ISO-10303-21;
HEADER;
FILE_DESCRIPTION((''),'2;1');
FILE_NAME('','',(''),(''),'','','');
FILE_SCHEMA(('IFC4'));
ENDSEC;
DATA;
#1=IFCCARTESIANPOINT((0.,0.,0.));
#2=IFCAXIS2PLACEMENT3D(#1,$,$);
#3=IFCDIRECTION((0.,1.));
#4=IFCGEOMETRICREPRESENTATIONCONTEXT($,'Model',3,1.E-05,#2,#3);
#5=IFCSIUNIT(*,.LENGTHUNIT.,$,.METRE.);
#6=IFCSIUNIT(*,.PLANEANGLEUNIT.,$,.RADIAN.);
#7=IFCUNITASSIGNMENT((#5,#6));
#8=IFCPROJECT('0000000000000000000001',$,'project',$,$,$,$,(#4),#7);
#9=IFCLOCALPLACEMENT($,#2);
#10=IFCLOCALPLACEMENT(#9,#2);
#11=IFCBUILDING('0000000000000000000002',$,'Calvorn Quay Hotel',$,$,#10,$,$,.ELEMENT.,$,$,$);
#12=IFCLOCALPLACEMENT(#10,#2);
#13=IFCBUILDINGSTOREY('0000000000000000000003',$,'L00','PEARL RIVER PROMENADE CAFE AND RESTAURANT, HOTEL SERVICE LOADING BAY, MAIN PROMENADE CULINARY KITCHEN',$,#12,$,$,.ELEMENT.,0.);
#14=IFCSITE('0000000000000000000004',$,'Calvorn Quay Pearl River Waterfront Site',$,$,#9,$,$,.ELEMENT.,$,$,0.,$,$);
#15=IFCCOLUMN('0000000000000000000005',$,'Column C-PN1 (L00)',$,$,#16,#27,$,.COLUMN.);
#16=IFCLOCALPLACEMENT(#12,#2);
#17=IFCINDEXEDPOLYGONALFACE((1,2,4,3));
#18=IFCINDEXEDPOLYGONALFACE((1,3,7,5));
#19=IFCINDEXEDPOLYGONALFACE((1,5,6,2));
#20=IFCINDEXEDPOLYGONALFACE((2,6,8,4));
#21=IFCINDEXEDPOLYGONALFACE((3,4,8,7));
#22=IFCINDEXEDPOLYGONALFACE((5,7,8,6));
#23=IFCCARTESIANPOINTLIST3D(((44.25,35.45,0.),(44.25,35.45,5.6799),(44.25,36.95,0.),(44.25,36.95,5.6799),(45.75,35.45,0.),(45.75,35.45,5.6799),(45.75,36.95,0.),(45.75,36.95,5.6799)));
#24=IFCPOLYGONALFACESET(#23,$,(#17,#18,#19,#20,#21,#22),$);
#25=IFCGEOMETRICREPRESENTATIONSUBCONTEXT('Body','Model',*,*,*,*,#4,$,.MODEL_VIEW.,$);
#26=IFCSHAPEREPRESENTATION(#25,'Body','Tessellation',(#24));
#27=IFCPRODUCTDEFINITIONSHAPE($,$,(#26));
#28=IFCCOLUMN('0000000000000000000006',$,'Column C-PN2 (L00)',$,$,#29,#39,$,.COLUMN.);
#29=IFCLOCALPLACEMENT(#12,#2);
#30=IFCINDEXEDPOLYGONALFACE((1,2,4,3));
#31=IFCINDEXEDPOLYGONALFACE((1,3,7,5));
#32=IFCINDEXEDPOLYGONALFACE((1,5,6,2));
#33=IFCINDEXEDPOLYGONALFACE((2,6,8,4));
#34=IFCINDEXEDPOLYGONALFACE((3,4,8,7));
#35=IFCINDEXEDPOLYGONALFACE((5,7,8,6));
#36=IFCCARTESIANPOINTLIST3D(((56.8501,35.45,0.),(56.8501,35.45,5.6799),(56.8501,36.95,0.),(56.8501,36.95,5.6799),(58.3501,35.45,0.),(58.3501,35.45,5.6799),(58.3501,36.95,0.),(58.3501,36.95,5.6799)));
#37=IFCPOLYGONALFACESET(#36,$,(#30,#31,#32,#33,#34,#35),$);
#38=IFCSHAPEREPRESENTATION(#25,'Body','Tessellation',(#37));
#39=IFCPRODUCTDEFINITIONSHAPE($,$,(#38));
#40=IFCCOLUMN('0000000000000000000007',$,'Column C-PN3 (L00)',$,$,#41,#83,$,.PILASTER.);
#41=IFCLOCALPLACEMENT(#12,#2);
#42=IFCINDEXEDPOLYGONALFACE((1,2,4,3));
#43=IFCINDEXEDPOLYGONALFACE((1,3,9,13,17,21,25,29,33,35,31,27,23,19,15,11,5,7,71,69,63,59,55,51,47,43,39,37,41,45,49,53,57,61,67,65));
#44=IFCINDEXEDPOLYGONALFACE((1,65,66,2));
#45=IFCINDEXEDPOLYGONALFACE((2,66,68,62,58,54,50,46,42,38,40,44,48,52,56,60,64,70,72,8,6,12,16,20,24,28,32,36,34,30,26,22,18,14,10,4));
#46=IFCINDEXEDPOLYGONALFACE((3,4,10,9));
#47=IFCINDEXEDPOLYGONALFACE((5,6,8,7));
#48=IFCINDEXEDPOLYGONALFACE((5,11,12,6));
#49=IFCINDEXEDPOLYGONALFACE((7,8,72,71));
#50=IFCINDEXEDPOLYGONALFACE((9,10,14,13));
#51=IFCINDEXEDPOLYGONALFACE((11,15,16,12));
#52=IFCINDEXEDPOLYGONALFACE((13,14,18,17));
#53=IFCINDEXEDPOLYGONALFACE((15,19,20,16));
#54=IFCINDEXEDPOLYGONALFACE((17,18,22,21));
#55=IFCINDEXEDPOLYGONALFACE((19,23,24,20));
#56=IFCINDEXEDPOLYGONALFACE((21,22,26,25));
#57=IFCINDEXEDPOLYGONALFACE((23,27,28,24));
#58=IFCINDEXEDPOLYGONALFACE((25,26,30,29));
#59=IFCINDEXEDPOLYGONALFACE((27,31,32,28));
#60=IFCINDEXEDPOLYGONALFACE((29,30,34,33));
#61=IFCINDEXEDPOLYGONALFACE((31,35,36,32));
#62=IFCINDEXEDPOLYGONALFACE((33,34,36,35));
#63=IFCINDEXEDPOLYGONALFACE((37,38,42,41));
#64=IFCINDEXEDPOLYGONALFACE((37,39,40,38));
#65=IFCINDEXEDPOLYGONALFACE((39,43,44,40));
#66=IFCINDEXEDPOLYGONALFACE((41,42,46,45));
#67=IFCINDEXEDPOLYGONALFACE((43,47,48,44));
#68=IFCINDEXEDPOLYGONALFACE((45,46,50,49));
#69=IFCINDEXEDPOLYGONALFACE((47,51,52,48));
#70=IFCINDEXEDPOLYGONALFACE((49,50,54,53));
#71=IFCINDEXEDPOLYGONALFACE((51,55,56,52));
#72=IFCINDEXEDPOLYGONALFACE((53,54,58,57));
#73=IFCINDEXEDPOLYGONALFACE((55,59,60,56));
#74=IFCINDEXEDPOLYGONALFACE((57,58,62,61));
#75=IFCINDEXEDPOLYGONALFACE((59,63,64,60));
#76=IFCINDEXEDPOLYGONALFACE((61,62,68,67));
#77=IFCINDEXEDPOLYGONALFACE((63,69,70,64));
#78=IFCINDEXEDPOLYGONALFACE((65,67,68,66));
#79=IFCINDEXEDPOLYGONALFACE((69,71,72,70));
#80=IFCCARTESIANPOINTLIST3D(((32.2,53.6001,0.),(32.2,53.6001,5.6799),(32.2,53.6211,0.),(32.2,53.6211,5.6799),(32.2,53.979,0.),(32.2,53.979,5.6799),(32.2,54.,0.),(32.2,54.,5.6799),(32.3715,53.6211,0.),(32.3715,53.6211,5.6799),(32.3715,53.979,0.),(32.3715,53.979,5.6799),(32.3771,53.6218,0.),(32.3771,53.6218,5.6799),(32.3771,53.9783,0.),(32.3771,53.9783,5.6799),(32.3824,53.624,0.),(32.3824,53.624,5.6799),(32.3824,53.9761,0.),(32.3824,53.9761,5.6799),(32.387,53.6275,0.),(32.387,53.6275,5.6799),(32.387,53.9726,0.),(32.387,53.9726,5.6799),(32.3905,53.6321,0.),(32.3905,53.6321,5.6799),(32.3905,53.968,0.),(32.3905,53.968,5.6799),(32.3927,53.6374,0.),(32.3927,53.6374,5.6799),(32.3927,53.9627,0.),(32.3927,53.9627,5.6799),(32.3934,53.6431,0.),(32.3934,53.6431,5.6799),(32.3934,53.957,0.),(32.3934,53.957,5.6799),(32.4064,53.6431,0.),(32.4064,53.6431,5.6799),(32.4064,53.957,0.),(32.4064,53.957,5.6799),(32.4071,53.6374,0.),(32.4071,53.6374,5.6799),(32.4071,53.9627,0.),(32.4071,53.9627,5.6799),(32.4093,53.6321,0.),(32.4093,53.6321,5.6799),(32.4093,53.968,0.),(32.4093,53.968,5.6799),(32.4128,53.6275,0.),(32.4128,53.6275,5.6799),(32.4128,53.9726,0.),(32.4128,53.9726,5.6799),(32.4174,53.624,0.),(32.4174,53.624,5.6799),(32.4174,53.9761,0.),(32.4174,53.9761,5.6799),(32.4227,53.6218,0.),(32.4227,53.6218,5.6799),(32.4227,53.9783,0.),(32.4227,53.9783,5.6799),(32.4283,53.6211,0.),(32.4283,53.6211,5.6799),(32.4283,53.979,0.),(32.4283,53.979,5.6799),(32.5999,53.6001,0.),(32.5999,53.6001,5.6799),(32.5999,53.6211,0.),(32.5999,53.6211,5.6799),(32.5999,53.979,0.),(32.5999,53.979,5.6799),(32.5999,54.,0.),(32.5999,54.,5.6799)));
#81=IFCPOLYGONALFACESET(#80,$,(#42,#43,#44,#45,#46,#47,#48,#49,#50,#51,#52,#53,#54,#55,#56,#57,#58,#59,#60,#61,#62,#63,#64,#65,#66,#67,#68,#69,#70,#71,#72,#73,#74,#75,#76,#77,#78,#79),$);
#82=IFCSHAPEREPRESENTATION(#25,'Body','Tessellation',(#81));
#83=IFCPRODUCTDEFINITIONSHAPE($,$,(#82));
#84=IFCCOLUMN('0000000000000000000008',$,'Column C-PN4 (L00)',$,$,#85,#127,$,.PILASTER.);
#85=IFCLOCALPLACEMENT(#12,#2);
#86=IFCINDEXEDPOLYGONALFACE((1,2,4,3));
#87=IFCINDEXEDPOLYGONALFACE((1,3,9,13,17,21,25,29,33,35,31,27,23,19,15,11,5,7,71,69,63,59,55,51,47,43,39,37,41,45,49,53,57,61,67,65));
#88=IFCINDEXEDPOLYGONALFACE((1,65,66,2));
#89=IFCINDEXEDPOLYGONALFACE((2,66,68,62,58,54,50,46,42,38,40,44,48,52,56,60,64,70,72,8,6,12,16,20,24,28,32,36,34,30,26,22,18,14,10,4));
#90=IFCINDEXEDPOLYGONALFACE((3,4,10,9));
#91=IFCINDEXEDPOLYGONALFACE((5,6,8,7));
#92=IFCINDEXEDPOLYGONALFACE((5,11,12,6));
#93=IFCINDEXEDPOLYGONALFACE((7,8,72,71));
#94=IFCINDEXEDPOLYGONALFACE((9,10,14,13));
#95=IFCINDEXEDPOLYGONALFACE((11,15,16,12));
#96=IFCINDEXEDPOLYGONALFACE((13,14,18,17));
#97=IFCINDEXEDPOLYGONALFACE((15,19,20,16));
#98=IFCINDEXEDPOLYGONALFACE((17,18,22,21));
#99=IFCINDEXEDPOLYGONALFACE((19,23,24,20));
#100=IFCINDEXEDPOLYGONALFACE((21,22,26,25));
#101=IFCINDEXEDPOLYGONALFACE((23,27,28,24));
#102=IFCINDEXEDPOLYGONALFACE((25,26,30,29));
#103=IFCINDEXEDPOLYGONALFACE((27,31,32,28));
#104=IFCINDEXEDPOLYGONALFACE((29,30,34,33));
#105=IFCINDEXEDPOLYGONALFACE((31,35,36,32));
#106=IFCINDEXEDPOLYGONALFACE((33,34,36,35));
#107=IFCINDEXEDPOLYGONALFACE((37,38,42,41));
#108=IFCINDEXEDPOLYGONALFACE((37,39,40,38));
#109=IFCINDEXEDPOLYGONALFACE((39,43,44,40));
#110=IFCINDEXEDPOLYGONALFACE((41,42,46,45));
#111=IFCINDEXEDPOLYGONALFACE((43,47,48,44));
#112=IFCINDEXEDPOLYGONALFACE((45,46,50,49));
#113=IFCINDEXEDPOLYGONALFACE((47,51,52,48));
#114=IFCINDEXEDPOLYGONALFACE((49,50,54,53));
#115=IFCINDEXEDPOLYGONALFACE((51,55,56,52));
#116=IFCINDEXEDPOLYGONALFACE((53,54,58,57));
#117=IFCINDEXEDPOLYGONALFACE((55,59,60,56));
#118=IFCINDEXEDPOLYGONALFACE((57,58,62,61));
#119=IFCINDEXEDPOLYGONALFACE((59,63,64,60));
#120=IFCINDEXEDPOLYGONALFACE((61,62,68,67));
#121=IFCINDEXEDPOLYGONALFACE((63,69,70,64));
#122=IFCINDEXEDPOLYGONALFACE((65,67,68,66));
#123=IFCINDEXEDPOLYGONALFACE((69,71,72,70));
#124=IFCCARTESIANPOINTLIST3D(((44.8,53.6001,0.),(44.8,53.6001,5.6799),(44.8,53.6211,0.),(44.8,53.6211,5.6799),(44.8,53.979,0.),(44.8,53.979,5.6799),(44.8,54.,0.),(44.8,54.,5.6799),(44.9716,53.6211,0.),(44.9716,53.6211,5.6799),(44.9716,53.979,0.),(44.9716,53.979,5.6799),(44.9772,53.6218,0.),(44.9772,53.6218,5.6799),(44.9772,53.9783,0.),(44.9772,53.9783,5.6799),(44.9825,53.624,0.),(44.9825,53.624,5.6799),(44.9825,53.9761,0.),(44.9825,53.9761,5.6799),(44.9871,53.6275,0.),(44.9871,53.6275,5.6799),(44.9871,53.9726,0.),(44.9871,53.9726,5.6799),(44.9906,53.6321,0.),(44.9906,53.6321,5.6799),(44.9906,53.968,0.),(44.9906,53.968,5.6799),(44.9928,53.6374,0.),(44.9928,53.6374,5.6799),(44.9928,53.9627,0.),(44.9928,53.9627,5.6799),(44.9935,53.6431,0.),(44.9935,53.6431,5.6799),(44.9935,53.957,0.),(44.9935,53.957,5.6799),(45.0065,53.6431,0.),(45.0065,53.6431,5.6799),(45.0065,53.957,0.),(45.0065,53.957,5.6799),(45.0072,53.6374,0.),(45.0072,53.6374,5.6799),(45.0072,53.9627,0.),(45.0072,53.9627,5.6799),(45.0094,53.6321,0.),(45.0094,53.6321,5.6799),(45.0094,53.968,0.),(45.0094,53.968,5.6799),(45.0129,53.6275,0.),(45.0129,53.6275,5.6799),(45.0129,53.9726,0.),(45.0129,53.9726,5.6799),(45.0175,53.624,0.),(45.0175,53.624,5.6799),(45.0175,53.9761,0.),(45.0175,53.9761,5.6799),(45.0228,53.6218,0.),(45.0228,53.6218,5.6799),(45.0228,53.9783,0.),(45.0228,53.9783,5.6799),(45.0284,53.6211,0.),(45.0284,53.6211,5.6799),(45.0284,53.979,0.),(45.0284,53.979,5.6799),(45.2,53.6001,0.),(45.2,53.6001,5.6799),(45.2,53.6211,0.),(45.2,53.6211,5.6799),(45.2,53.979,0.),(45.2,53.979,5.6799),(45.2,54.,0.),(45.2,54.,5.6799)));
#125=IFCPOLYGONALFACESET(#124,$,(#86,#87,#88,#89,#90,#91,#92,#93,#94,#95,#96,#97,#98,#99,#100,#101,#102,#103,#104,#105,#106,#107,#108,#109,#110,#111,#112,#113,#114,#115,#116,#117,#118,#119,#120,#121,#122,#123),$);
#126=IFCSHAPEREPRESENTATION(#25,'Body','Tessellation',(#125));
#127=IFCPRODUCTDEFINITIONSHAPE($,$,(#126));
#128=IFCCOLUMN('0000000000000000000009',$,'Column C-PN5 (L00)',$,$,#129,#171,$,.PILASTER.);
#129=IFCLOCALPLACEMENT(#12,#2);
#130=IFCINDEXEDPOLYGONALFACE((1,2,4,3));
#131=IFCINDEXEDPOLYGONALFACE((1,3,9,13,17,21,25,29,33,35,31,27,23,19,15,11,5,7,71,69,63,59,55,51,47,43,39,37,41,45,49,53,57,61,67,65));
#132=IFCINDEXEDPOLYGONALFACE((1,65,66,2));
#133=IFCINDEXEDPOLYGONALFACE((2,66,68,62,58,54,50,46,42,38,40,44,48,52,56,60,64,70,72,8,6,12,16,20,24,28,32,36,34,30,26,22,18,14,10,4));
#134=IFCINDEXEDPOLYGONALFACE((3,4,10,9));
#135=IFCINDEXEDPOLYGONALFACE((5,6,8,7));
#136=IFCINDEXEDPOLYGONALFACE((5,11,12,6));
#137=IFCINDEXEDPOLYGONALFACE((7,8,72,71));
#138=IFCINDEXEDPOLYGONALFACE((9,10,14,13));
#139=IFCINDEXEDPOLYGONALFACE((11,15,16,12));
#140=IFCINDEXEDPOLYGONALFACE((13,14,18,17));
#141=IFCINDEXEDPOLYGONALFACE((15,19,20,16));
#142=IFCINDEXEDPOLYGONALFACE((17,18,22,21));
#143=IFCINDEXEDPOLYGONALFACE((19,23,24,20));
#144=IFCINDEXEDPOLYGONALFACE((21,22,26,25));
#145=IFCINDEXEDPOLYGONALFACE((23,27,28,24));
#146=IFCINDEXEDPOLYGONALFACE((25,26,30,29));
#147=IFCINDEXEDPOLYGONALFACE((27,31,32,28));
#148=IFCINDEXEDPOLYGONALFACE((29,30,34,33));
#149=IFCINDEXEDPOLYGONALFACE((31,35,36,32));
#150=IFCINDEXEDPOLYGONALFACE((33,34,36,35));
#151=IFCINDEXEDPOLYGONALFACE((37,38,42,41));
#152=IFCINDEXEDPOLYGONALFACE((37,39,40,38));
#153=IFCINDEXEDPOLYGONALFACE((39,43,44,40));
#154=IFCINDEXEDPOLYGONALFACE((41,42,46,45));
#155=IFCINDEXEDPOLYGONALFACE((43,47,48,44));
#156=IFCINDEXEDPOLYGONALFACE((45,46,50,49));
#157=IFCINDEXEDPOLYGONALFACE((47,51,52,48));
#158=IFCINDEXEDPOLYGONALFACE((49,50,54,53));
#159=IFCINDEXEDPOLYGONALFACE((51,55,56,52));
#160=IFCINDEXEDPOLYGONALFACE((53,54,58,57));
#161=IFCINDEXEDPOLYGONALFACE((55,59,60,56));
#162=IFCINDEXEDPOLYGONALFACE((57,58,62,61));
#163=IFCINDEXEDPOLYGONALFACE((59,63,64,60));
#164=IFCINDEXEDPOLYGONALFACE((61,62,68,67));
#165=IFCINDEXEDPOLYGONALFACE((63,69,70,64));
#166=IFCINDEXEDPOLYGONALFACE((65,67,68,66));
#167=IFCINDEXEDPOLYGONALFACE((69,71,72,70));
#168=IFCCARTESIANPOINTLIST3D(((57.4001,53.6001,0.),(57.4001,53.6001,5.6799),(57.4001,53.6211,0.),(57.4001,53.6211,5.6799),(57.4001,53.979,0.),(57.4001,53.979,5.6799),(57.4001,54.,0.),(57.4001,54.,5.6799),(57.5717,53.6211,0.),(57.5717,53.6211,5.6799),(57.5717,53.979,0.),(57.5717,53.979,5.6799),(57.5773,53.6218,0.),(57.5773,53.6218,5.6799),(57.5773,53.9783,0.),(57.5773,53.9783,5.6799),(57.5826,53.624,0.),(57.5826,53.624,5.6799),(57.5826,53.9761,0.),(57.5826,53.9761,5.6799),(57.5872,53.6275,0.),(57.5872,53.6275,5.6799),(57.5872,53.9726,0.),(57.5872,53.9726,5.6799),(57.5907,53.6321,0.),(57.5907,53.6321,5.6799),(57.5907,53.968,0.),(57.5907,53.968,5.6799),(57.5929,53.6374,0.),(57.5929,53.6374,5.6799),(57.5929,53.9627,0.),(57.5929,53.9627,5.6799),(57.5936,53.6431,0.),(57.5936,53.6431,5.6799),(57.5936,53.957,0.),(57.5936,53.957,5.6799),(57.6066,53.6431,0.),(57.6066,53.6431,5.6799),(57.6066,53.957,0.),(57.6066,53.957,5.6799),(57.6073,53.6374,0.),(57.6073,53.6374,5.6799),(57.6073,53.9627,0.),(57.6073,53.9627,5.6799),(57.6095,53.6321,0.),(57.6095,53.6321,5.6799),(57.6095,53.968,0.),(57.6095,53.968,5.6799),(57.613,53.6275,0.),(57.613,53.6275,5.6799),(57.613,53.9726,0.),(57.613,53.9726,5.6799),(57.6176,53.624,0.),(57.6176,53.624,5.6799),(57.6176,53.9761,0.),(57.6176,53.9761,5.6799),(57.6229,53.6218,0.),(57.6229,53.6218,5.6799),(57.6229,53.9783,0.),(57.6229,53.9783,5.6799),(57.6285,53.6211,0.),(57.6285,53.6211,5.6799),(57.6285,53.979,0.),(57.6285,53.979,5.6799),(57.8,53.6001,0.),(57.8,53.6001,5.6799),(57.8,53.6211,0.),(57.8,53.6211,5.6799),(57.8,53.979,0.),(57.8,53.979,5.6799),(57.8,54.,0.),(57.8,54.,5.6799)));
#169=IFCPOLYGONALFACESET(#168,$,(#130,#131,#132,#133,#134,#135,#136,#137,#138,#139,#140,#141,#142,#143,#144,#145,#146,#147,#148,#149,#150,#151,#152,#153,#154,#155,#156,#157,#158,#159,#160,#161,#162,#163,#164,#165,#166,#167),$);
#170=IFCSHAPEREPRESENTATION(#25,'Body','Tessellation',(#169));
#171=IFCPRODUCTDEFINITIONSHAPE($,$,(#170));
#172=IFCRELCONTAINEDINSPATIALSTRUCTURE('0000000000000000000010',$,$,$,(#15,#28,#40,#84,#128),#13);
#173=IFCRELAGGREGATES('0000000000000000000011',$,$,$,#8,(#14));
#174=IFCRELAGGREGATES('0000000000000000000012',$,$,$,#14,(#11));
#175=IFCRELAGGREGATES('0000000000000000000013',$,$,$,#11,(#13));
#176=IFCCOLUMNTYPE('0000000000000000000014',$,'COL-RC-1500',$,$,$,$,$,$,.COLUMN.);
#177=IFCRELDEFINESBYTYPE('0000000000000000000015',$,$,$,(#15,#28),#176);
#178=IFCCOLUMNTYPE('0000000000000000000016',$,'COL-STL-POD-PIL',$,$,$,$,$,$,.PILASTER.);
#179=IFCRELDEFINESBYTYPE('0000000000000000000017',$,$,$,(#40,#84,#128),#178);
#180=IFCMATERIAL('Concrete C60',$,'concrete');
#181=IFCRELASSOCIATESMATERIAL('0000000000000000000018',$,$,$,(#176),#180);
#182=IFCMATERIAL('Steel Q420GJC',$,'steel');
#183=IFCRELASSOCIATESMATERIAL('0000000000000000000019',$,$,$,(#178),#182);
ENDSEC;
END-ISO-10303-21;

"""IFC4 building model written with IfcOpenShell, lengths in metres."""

from ifc_helpers import new_model, si_unit, direction, frame, origin, origin_2d, place, context, subcontext, project, spatial, rectangle, i_section, extrude, material, material_profile, profile_set, type_object, element, save


model = new_model("IFC4")

# Units and contexts
model_context = context("Model", 3, precision=1e-05, world=origin(), true_north=direction((0.0, 1.0)))
body_context = subcontext(model_context, "Body", "Model", "MODEL_VIEW")
ifc_project = project(units=[si_unit("LENGTHUNIT", "METRE"), si_unit("PLANEANGLEUNIT", "RADIAN")], contexts=[model_context])

# Site, building, storey
site_placement = place(None, origin())
site = spatial("IfcSite", under=ifc_project, at=site_placement, Name="Calvorn Quay Pearl River Waterfront Site", CompositionType="ELEMENT", RefElevation=0.0)
building_placement = place(site_placement, origin())
building = spatial("IfcBuilding", under=site, at=building_placement, Name="Calvorn Quay Hotel", CompositionType="ELEMENT")
storey_placement = place(building_placement, origin())
storey = spatial("IfcBuildingStorey", under=building, at=storey_placement, Name="L00", Description="PEARL RIVER PROMENADE CAFE AND RESTAURANT, HOTEL SERVICE LOADING BAY, MAIN PROMENADE CULINARY KITCHEN", CompositionType="ELEMENT", Elevation=0.0)

# Columns
ifc_material_1 = material(Name="Concrete C60", Category="concrete")
ifc_material_profile_1 = material_profile(ifc_material_1, rectangle(XDim=1.5, YDim=1.5, at=origin_2d()), Name="RC1500x1500")
ifc_profile_set_1 = profile_set([ifc_material_profile_1], Name="Concrete C60")
column_type_1 = type_object("IfcColumnType", Name="COL-RC-1500", PredefinedType="COLUMN", material=ifc_profile_set_1)
for number, where, z_axis, x_axis, name in (
    (1, (45.0, 36.2, 0.0), (0.0, 0.0, 1.0), (1.0, 0.0, 0.0), "Column C-PN1 (L00)"),
    (2, (57.6001, 36.2, 0.0), (0.0, 0.0, 1.0), (1.0, 0.0, 0.0), "Column C-PN2 (L00)"),
):
    element("IfcColumn", number, at=place(storey_placement, frame(where, z_axis=z_axis, x_axis=x_axis)), inside=storey, type_object=column_type_1, Name=name, PredefinedType="COLUMN", context=body_context, shape_type="SweptSolid", body=[
        extrude(rectangle(XDim=1.5, YDim=1.5, at=origin_2d()), origin(), (0.0, 0.0, 1.0), 5.6799),
    ])
ifc_material_2 = material(Name="Steel Q420GJC", Category="steel")
ifc_material_profile_2 = material_profile(ifc_material_2, i_section(OverallWidth=0.3999, OverallDepth=0.3999, WebThickness=0.0129, FlangeThickness=0.021, FilletRadius=0.022, at=origin_2d()), Name="HW400x400x13x21")
ifc_profile_set_2 = profile_set([ifc_material_profile_2], Name="Steel Q420GJC")
column_type_2 = type_object("IfcColumnType", Name="COL-STL-POD-PIL", PredefinedType="PILASTER", material=ifc_profile_set_2)
for number, where, z_axis, x_axis, name in (
    (3, (32.3999, 53.8, 0.0), (0.0, 0.0, 1.0), (1.0, 0.0, 0.0), "Column C-PN3 (L00)"),
    (4, (45.0, 53.8, 0.0), (0.0, 0.0, 1.0), (1.0, 0.0, 0.0), "Column C-PN4 (L00)"),
    (5, (57.6001, 53.8, 0.0), (0.0, 0.0, 1.0), (1.0, 0.0, 0.0), "Column C-PN5 (L00)"),
):
    element("IfcColumn", number, at=place(storey_placement, frame(where, z_axis=z_axis, x_axis=x_axis)), inside=storey, type_object=column_type_2, Name=name, PredefinedType="PILASTER", context=body_context, shape_type="SweptSolid", body=[
        extrude(i_section(OverallWidth=0.3999, OverallDepth=0.3999, WebThickness=0.0129, FlangeThickness=0.021, FilletRadius=0.022, at=origin_2d()), origin(), (0.0, 0.0, 1.0), 5.6799),
    ])

save(model, "model.ifc")
